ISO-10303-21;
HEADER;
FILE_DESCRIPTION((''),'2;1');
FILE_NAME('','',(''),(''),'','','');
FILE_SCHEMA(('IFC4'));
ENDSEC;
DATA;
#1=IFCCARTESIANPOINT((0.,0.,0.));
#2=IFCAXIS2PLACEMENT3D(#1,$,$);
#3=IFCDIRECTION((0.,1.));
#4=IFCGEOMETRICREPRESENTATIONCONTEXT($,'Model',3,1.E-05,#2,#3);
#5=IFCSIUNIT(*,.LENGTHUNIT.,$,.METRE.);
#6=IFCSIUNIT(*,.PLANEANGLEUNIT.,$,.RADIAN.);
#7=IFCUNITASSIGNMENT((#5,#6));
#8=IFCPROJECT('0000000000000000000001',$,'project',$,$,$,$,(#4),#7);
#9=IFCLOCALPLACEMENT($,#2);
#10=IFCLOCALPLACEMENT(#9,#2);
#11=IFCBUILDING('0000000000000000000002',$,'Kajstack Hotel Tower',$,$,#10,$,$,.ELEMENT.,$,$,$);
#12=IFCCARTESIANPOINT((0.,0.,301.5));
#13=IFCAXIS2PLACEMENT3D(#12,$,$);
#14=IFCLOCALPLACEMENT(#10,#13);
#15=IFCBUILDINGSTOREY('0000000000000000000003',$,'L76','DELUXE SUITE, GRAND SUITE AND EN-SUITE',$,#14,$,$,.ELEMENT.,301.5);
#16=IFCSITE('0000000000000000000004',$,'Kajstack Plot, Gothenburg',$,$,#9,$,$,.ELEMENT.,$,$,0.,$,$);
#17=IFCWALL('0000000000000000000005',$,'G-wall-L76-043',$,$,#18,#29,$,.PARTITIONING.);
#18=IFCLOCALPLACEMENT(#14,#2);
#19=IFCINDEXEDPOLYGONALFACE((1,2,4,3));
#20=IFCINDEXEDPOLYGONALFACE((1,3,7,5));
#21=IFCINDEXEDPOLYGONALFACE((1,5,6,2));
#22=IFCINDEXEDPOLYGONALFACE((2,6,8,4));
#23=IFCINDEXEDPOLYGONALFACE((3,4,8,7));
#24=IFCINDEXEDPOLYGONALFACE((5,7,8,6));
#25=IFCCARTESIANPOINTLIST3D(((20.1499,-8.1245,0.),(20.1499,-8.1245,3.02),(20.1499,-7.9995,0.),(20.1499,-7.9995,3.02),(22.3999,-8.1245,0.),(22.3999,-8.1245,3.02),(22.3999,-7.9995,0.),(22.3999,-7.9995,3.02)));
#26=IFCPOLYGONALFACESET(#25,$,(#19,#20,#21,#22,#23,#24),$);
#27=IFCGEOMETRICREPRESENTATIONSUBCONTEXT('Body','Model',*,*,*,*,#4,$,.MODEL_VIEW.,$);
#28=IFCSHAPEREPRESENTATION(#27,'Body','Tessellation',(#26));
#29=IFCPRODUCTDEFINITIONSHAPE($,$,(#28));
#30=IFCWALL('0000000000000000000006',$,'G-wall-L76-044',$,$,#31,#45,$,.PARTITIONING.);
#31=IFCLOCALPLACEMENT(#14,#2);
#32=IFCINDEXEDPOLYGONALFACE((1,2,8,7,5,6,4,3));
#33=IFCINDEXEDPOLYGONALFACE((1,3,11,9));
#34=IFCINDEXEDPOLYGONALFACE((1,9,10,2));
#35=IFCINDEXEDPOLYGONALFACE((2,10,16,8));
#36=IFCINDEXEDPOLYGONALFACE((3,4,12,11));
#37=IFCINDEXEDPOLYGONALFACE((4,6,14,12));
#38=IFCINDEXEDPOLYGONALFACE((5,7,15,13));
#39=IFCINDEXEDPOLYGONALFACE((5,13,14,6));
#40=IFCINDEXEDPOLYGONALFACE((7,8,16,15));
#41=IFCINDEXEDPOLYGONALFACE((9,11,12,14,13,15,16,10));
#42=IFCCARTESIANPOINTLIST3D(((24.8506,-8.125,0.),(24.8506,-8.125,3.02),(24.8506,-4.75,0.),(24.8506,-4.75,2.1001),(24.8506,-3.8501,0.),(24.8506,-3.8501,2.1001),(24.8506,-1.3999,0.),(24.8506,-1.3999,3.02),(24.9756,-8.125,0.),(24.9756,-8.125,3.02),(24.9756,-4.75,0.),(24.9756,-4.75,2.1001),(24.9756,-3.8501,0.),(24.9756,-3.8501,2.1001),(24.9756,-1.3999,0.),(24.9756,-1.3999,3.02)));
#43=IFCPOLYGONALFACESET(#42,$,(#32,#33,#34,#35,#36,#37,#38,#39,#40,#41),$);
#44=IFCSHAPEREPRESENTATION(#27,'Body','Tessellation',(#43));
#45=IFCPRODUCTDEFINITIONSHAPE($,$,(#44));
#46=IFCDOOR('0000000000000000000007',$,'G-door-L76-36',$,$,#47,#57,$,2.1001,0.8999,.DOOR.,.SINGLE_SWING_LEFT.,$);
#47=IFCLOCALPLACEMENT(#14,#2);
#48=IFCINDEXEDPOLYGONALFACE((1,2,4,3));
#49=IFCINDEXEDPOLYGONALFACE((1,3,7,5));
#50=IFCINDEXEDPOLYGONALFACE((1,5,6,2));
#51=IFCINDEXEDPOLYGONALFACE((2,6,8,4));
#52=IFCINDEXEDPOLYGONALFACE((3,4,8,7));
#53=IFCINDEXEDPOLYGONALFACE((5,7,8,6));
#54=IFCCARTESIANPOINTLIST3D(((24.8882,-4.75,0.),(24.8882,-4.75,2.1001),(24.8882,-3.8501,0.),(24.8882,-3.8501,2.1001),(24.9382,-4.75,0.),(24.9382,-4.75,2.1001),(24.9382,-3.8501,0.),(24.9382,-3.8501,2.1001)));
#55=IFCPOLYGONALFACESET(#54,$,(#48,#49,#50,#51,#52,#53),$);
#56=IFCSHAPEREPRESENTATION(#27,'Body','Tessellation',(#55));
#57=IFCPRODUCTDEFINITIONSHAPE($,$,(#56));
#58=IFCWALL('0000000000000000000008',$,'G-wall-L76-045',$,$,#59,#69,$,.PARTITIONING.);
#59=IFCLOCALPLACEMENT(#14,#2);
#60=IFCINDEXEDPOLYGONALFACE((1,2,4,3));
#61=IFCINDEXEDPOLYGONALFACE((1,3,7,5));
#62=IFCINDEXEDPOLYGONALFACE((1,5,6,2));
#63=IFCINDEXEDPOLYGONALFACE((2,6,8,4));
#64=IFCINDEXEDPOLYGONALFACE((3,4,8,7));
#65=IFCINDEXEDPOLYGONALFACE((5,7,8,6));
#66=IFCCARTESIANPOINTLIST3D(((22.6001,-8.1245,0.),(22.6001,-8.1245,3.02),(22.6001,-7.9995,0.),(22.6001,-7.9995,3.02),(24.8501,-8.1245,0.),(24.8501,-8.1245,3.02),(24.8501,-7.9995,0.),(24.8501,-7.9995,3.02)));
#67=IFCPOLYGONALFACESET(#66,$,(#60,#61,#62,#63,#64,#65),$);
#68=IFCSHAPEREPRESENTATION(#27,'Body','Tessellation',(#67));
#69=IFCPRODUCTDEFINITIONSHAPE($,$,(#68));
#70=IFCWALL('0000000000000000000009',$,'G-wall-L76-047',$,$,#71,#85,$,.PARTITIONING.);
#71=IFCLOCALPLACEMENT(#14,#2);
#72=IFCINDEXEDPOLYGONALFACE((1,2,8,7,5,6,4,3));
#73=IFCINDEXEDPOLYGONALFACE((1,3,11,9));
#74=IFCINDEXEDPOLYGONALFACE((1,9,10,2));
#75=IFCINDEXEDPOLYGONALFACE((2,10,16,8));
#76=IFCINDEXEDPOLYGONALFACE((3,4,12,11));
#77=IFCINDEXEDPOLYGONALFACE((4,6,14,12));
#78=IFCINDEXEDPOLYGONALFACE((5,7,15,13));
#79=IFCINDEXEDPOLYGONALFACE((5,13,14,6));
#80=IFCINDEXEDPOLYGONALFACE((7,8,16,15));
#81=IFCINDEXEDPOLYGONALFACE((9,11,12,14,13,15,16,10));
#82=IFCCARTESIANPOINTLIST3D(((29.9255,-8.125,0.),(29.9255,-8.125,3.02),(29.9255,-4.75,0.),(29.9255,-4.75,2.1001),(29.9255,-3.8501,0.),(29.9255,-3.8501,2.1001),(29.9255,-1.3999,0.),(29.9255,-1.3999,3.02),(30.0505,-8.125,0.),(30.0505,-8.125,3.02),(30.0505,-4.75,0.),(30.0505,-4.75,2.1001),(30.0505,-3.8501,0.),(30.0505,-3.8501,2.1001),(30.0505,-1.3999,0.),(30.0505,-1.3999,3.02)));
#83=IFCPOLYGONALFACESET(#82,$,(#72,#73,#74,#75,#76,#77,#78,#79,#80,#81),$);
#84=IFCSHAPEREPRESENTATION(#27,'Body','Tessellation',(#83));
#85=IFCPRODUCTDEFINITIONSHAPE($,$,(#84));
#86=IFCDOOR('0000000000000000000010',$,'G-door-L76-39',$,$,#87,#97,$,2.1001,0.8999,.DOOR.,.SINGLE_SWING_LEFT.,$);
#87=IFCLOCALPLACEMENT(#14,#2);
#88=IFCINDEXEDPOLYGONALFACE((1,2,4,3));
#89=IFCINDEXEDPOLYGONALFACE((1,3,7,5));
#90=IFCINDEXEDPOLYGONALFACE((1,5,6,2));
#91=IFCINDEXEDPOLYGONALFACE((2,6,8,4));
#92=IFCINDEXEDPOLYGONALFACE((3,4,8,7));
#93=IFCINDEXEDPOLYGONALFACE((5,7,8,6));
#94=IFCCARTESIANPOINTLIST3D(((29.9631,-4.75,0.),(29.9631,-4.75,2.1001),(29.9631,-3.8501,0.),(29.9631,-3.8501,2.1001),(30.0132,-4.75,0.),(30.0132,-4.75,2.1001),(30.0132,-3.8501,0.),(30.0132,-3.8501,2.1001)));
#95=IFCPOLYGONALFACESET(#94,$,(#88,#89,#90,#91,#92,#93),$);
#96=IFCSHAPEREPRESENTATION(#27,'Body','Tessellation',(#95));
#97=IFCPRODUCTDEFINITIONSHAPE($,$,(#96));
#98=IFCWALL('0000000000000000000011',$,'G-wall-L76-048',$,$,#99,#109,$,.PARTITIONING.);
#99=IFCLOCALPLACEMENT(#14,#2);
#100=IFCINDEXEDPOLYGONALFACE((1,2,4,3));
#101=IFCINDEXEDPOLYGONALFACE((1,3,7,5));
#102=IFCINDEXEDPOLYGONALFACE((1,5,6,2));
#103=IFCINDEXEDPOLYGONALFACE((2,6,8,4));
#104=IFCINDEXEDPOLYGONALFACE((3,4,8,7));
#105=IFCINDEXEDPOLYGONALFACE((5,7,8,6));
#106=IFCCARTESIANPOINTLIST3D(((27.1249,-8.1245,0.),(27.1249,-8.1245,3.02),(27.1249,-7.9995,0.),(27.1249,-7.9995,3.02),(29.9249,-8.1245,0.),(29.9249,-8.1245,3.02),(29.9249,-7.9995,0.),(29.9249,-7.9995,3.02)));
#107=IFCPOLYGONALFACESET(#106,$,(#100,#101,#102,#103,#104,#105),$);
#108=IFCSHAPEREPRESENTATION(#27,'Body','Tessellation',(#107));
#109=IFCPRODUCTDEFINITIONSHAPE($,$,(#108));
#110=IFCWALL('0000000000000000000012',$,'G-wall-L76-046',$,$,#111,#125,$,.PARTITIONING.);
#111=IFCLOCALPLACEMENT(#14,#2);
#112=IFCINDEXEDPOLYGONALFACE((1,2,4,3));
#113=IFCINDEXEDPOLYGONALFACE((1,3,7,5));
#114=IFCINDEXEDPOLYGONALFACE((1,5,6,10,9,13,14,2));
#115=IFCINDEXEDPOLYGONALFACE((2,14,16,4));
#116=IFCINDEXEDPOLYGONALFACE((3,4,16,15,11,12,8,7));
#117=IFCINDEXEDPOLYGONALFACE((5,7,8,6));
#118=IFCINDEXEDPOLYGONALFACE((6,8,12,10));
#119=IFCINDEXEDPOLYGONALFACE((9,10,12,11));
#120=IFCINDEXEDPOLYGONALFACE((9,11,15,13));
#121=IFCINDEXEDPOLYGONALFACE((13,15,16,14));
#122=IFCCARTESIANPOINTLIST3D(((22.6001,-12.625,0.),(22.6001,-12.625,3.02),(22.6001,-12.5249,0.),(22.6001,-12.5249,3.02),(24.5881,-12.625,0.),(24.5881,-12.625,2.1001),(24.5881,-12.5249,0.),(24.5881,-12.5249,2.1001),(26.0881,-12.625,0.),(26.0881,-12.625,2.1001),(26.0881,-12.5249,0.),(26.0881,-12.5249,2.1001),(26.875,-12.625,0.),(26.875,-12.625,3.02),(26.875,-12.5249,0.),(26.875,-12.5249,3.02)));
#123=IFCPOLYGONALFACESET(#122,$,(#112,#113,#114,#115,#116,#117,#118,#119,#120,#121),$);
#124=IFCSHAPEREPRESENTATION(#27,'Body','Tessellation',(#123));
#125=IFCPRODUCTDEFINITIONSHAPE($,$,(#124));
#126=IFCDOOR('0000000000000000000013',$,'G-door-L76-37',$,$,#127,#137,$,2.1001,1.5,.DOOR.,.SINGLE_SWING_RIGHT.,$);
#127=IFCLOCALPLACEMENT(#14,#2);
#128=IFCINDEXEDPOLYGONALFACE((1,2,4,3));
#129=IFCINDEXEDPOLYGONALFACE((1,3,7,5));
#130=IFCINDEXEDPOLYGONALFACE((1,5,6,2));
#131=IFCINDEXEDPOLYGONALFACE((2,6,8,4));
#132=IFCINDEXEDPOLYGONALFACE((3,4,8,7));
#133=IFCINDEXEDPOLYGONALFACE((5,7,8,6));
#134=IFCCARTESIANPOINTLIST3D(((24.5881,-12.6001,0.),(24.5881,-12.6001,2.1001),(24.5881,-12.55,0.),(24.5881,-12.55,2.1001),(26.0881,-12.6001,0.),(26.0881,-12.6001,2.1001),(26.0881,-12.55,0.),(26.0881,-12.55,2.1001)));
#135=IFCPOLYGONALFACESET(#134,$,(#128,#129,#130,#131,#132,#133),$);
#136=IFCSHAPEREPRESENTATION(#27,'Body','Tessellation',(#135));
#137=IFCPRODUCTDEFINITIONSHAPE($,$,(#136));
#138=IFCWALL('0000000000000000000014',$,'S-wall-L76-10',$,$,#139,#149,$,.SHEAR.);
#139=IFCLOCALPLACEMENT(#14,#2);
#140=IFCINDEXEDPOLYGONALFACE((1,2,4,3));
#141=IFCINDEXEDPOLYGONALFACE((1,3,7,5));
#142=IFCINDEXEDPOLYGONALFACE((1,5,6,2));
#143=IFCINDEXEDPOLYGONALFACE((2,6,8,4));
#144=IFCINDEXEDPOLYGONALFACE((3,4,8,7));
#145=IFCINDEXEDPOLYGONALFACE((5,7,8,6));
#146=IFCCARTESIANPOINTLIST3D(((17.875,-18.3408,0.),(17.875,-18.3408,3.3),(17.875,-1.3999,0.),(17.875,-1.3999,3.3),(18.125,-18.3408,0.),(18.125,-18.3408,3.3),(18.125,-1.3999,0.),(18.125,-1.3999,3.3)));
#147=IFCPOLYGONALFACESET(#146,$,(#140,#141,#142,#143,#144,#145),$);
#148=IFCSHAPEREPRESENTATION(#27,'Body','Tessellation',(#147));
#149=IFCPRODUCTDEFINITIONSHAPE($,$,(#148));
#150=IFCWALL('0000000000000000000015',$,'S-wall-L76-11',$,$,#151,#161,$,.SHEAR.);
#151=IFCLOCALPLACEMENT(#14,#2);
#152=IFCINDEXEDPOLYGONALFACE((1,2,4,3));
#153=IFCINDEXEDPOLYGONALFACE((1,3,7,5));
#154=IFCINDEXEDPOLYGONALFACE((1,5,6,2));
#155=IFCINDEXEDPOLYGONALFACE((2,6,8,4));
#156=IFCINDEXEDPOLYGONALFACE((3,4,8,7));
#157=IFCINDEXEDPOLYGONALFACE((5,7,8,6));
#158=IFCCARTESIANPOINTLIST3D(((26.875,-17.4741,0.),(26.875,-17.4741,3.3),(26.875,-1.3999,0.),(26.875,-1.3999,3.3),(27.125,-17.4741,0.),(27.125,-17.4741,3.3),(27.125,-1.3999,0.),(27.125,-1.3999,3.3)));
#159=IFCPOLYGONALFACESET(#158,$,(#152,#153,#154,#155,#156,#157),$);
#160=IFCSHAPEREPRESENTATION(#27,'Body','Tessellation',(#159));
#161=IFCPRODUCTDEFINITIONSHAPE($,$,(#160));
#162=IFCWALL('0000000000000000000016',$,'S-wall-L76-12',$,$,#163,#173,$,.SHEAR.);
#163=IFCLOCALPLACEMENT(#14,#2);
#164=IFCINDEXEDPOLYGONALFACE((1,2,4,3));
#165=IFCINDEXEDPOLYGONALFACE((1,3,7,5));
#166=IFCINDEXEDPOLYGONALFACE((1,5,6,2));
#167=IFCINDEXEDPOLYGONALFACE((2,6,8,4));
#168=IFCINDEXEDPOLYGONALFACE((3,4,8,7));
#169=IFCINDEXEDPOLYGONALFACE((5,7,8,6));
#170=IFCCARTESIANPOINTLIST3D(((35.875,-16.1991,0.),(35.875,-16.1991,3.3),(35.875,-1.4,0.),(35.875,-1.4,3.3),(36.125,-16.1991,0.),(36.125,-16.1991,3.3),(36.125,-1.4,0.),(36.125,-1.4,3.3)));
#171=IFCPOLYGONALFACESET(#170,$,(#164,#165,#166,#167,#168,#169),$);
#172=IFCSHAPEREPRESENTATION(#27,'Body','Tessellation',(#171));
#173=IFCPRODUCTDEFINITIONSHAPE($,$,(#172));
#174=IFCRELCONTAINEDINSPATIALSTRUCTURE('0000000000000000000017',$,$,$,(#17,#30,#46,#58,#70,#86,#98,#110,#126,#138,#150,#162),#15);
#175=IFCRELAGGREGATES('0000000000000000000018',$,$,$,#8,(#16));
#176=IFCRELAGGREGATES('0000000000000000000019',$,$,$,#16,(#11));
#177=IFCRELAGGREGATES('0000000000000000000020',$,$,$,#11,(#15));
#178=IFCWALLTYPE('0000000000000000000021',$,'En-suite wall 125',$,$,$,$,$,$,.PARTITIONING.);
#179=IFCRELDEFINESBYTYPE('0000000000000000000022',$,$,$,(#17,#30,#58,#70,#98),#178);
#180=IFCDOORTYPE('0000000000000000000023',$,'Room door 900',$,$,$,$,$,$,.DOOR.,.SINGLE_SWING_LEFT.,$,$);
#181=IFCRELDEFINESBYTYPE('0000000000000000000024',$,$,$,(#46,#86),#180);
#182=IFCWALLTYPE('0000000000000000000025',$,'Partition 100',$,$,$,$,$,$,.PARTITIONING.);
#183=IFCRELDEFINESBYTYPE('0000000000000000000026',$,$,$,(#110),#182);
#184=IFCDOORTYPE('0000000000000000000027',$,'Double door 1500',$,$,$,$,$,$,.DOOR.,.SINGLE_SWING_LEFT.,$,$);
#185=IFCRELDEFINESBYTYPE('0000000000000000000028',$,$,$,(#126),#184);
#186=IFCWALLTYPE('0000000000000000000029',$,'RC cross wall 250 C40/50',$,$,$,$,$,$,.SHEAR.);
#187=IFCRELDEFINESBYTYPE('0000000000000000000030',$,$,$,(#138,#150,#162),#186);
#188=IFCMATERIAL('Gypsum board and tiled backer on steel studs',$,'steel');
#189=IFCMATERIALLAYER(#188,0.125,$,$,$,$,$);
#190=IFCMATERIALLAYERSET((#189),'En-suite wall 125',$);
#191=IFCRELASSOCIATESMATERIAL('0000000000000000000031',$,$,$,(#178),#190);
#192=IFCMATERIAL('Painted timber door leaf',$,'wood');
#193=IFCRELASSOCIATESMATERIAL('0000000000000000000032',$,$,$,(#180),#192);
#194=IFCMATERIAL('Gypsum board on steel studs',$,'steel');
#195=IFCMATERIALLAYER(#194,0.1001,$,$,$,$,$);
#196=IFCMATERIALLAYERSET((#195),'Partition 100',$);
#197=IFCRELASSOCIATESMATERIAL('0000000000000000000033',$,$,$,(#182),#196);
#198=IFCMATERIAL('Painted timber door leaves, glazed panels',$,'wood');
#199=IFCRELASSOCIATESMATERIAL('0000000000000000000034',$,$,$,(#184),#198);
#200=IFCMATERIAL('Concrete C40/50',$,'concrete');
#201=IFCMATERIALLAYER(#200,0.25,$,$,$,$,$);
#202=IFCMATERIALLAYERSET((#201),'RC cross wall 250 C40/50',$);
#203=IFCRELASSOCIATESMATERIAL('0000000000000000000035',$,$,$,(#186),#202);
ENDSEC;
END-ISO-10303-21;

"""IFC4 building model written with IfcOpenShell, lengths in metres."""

from ifc_helpers import new_model, si_unit, direction, frame, frame_2d, origin, place, context, subcontext, project, spatial, rectangle, extrude, material, layer, layer_set, type_object, element, fill, save


model = new_model("IFC4")

# Units and contexts
model_context = context("Model", 3, precision=1e-05, world=origin(), true_north=direction((0.0, 1.0)))
body_context = subcontext(model_context, "Body", "Model", "MODEL_VIEW")
ifc_project = project(units=[si_unit("LENGTHUNIT", "METRE"), si_unit("PLANEANGLEUNIT", "RADIAN")], contexts=[model_context])

# Site, building, storey
site_placement = place(None, origin())
site = spatial("IfcSite", under=ifc_project, at=site_placement, Name="Kajstack Plot, Gothenburg", CompositionType="ELEMENT", RefElevation=0.0)
building_placement = place(site_placement, origin())
building = spatial("IfcBuilding", under=site, at=building_placement, Name="Kajstack Hotel Tower", CompositionType="ELEMENT")
storey_placement = place(building_placement, frame((0.0, 0.0, 301.5)))
storey = spatial("IfcBuildingStorey", under=building, at=storey_placement, Name="L76", Description="DELUXE SUITE, GRAND SUITE AND EN-SUITE", CompositionType="ELEMENT", Elevation=301.5)

# Shared definitions
ifc_material_1 = material(Name="Gypsum board and tiled backer on steel studs", Category="steel")
ifc_layer_1 = layer(ifc_material_1, 0.125)
ifc_layer_set_1 = layer_set([ifc_layer_1], Name="En-suite wall 125")
wall_type_1 = type_object("IfcWallType", Name="En-suite wall 125", PredefinedType="PARTITIONING", material=ifc_layer_set_1)
ifc_material_2 = material(Name="Painted timber door leaf", Category="wood")
door_type_1 = type_object("IfcDoorType", Name="Room door 900", OperationType="SINGLE_SWING_LEFT", PredefinedType="DOOR", material=ifc_material_2)

# Wall
wall_1_placement = place(storey_placement, frame((20.1499, -8.062, 0.0), z_axis=(0.0, 0.0, 1.0), x_axis=(1.0, 0.0, 0.0)))
element("IfcWall", 1, at=wall_1_placement, inside=storey, type_object=wall_type_1, Name="G-wall-L76-043", PredefinedType="PARTITIONING", context=body_context, shape_type="SweptSolid", body=[
    extrude(rectangle(XDim=2.25, YDim=0.125, at=frame_2d((1.125, 0.0))), origin(), (0.0, 0.0, 1.0), 3.02),
])

# Wall, opening, door
wall_2_placement = place(storey_placement, frame((24.9131, -8.125, 0.0), z_axis=(0.0, 0.0, 1.0), x_axis=(0.0, 1.0, 0.0)))
wall_2 = element("IfcWall", 2, at=wall_2_placement, inside=storey, type_object=wall_type_1, Name="G-wall-L76-044", PredefinedType="PARTITIONING", context=body_context, shape_type="SweptSolid", body=[
    extrude(rectangle(XDim=6.7251, YDim=0.125, at=frame_2d((3.3625, 0.0))), origin(), (0.0, 0.0, 1.0), 3.02),
])
opening_1_placement = place(wall_2_placement, frame((3.375, 0.0, 0.0)))
opening_1 = element("IfcOpeningElement", 3, at=opening_1_placement, cuts=wall_2, PredefinedType="OPENING", context=body_context, shape_type="SweptSolid", body=[
    extrude(rectangle(XDim=0.8999, YDim=2.1001, at=frame_2d((0.45, 1.05))), frame((0.0, 0.0725, 0.0), z_axis=(0.0, -1.0, 0.0), x_axis=(1.0, 0.0, 0.0)), (0.0, 0.0, 1.0), 0.145),
])
door_1_placement = place(opening_1_placement, origin())
door_1 = element("IfcDoor", 4, at=door_1_placement, inside=storey, type_object=door_type_1, Name="G-door-L76-36", OperationType="SINGLE_SWING_LEFT", OverallHeight=2.1001, OverallWidth=0.8999, PredefinedType="DOOR", context=body_context, shape_type="SweptSolid", body=[
    extrude(rectangle(XDim=0.8999, YDim=2.1001, at=frame_2d((0.45, 1.05))), frame((0.0, 0.0249, 0.0), z_axis=(0.0, -1.0, 0.0), x_axis=(1.0, 0.0, 0.0)), (0.0, 0.0, 1.0), 0.05),
])
fill(opening_1, door_1)

# Wall
wall_3_placement = place(storey_placement, frame((22.6001, -8.062, 0.0), z_axis=(0.0, 0.0, 1.0), x_axis=(1.0, 0.0, 0.0)))
element("IfcWall", 5, at=wall_3_placement, inside=storey, type_object=wall_type_1, Name="G-wall-L76-045", PredefinedType="PARTITIONING", context=body_context, shape_type="SweptSolid", body=[
    extrude(rectangle(XDim=2.25, YDim=0.125, at=frame_2d((1.125, 0.0))), origin(), (0.0, 0.0, 1.0), 3.02),
])

# Wall, opening, door
wall_4_placement = place(storey_placement, frame((29.988, -8.125, 0.0), z_axis=(0.0, 0.0, 1.0), x_axis=(0.0, 1.0, 0.0)))
wall_4 = element("IfcWall", 6, at=wall_4_placement, inside=storey, type_object=wall_type_1, Name="G-wall-L76-047", PredefinedType="PARTITIONING", context=body_context, shape_type="SweptSolid", body=[
    extrude(rectangle(XDim=6.7251, YDim=0.125, at=frame_2d((3.3625, 0.0))), origin(), (0.0, 0.0, 1.0), 3.02),
])
opening_2_placement = place(wall_4_placement, frame((3.375, 0.0, 0.0)))
opening_2 = element("IfcOpeningElement", 7, at=opening_2_placement, cuts=wall_4, PredefinedType="OPENING", context=body_context, shape_type="SweptSolid", body=[
    extrude(rectangle(XDim=0.8999, YDim=2.1001, at=frame_2d((0.45, 1.05))), frame((0.0, 0.0725, 0.0), z_axis=(0.0, -1.0, 0.0), x_axis=(1.0, 0.0, 0.0)), (0.0, 0.0, 1.0), 0.145),
])
door_2_placement = place(opening_2_placement, origin())
door_2 = element("IfcDoor", 8, at=door_2_placement, inside=storey, type_object=door_type_1, Name="G-door-L76-39", OperationType="SINGLE_SWING_LEFT", OverallHeight=2.1001, OverallWidth=0.8999, PredefinedType="DOOR", context=body_context, shape_type="SweptSolid", body=[
    extrude(rectangle(XDim=0.8999, YDim=2.1001, at=frame_2d((0.45, 1.05))), frame((0.0, 0.0249, 0.0), z_axis=(0.0, -1.0, 0.0), x_axis=(1.0, 0.0, 0.0)), (0.0, 0.0, 1.0), 0.05),
])
fill(opening_2, door_2)

# Wall
wall_5_placement = place(storey_placement, frame((27.125, -8.062, 0.0), z_axis=(0.0, 0.0, 1.0), x_axis=(1.0, 0.0, 0.0)))
element("IfcWall", 9, at=wall_5_placement, inside=storey, type_object=wall_type_1, Name="G-wall-L76-048", PredefinedType="PARTITIONING", context=body_context, shape_type="SweptSolid", body=[
    extrude(rectangle(XDim=2.8, YDim=0.125, at=frame_2d((1.3999, 0.0))), origin(), (0.0, 0.0, 1.0), 3.02),
])

# Wall, opening, door
ifc_material_3 = material(Name="Gypsum board on steel studs", Category="steel")
ifc_layer_2 = layer(ifc_material_3, 0.1001)
ifc_layer_set_2 = layer_set([ifc_layer_2], Name="Partition 100")
wall_type_2 = type_object("IfcWallType", Name="Partition 100", PredefinedType="PARTITIONING", material=ifc_layer_set_2)
wall_6_placement = place(storey_placement, frame((22.6001, -12.575, 0.0), z_axis=(0.0, 0.0, 1.0), x_axis=(1.0, 0.0, 0.0)))
wall_6 = element("IfcWall", 10, at=wall_6_placement, inside=storey, type_object=wall_type_2, Name="G-wall-L76-046", PredefinedType="PARTITIONING", context=body_context, shape_type="SweptSolid", body=[
    extrude(rectangle(XDim=4.2749, YDim=0.1001, at=frame_2d((2.1375, 0.0))), origin(), (0.0, 0.0, 1.0), 3.02),
])
opening_3_placement = place(wall_6_placement, frame((1.988, 0.0, 0.0)))
opening_3 = element("IfcOpeningElement", 11, at=opening_3_placement, cuts=wall_6, PredefinedType="OPENING", context=body_context, shape_type="SweptSolid", body=[
    extrude(rectangle(XDim=1.5, YDim=2.1001, at=frame_2d((0.75, 1.05))), frame((0.0, 0.0601, 0.0), z_axis=(0.0, -1.0, 0.0), x_axis=(1.0, 0.0, 0.0)), (0.0, 0.0, 1.0), 0.1201),
])
ifc_material_4 = material(Name="Painted timber door leaves, glazed panels", Category="wood")
door_type_2 = type_object("IfcDoorType", Name="Double door 1500", OperationType="SINGLE_SWING_LEFT", PredefinedType="DOOR", material=ifc_material_4)
door_3_placement = place(opening_3_placement, origin())
door_3 = element("IfcDoor", 12, at=door_3_placement, inside=storey, type_object=door_type_2, Name="G-door-L76-37", OperationType="SINGLE_SWING_RIGHT", OverallHeight=2.1001, OverallWidth=1.5, PredefinedType="DOOR", context=body_context, shape_type="SweptSolid", body=[
    extrude(rectangle(XDim=1.5, YDim=2.1001, at=frame_2d((0.75, 1.05))), frame((0.0, 0.0249, 0.0), z_axis=(0.0, -1.0, 0.0), x_axis=(1.0, 0.0, 0.0)), (0.0, 0.0, 1.0), 0.05),
])
fill(opening_3, door_3)

# Walls
ifc_material_5 = material(Name="Concrete C40/50", Category="concrete")
ifc_layer_3 = layer(ifc_material_5, 0.25)
ifc_layer_set_3 = layer_set([ifc_layer_3], Name="RC cross wall 250 C40/50")
wall_type_3 = type_object("IfcWallType", Name="RC cross wall 250 C40/50", PredefinedType="SHEAR", material=ifc_layer_set_3)
wall_7_placement = place(storey_placement, frame((18.0, -18.3408, 0.0), z_axis=(0.0, 0.0, 1.0), x_axis=(0.0, 1.0, 0.0)))
element("IfcWall", 13, at=wall_7_placement, inside=storey, type_object=wall_type_3, Name="S-wall-L76-10", PredefinedType="SHEAR", context=body_context, shape_type="SweptSolid", body=[
    extrude(rectangle(XDim=16.9409, YDim=0.25, at=frame_2d((8.4705, 0.0))), origin(), (0.0, 0.0, 1.0), 3.3),
])
wall_8_placement = place(storey_placement, frame((27.0, -17.4741, 0.0), z_axis=(0.0, 0.0, 1.0), x_axis=(0.0, 1.0, 0.0)))
element("IfcWall", 14, at=wall_8_placement, inside=storey, type_object=wall_type_3, Name="S-wall-L76-11", PredefinedType="SHEAR", context=body_context, shape_type="SweptSolid", body=[
    extrude(rectangle(XDim=16.0742, YDim=0.25, at=frame_2d((8.0371, 0.0))), origin(), (0.0, 0.0, 1.0), 3.3),
])
wall_9_placement = place(storey_placement, frame((36.0, -16.199, 0.0), z_axis=(0.0, 0.0, 1.0), x_axis=(0.0, 1.0, 0.0)))
element("IfcWall", 15, at=wall_9_placement, inside=storey, type_object=wall_type_3, Name="S-wall-L76-12", PredefinedType="SHEAR", context=body_context, shape_type="SweptSolid", body=[
    extrude(rectangle(XDim=14.7991, YDim=0.25, at=frame_2d((7.3994, 0.0))), origin(), (0.0, 0.0, 1.0), 3.3),
])

save(model, "model.ifc")
